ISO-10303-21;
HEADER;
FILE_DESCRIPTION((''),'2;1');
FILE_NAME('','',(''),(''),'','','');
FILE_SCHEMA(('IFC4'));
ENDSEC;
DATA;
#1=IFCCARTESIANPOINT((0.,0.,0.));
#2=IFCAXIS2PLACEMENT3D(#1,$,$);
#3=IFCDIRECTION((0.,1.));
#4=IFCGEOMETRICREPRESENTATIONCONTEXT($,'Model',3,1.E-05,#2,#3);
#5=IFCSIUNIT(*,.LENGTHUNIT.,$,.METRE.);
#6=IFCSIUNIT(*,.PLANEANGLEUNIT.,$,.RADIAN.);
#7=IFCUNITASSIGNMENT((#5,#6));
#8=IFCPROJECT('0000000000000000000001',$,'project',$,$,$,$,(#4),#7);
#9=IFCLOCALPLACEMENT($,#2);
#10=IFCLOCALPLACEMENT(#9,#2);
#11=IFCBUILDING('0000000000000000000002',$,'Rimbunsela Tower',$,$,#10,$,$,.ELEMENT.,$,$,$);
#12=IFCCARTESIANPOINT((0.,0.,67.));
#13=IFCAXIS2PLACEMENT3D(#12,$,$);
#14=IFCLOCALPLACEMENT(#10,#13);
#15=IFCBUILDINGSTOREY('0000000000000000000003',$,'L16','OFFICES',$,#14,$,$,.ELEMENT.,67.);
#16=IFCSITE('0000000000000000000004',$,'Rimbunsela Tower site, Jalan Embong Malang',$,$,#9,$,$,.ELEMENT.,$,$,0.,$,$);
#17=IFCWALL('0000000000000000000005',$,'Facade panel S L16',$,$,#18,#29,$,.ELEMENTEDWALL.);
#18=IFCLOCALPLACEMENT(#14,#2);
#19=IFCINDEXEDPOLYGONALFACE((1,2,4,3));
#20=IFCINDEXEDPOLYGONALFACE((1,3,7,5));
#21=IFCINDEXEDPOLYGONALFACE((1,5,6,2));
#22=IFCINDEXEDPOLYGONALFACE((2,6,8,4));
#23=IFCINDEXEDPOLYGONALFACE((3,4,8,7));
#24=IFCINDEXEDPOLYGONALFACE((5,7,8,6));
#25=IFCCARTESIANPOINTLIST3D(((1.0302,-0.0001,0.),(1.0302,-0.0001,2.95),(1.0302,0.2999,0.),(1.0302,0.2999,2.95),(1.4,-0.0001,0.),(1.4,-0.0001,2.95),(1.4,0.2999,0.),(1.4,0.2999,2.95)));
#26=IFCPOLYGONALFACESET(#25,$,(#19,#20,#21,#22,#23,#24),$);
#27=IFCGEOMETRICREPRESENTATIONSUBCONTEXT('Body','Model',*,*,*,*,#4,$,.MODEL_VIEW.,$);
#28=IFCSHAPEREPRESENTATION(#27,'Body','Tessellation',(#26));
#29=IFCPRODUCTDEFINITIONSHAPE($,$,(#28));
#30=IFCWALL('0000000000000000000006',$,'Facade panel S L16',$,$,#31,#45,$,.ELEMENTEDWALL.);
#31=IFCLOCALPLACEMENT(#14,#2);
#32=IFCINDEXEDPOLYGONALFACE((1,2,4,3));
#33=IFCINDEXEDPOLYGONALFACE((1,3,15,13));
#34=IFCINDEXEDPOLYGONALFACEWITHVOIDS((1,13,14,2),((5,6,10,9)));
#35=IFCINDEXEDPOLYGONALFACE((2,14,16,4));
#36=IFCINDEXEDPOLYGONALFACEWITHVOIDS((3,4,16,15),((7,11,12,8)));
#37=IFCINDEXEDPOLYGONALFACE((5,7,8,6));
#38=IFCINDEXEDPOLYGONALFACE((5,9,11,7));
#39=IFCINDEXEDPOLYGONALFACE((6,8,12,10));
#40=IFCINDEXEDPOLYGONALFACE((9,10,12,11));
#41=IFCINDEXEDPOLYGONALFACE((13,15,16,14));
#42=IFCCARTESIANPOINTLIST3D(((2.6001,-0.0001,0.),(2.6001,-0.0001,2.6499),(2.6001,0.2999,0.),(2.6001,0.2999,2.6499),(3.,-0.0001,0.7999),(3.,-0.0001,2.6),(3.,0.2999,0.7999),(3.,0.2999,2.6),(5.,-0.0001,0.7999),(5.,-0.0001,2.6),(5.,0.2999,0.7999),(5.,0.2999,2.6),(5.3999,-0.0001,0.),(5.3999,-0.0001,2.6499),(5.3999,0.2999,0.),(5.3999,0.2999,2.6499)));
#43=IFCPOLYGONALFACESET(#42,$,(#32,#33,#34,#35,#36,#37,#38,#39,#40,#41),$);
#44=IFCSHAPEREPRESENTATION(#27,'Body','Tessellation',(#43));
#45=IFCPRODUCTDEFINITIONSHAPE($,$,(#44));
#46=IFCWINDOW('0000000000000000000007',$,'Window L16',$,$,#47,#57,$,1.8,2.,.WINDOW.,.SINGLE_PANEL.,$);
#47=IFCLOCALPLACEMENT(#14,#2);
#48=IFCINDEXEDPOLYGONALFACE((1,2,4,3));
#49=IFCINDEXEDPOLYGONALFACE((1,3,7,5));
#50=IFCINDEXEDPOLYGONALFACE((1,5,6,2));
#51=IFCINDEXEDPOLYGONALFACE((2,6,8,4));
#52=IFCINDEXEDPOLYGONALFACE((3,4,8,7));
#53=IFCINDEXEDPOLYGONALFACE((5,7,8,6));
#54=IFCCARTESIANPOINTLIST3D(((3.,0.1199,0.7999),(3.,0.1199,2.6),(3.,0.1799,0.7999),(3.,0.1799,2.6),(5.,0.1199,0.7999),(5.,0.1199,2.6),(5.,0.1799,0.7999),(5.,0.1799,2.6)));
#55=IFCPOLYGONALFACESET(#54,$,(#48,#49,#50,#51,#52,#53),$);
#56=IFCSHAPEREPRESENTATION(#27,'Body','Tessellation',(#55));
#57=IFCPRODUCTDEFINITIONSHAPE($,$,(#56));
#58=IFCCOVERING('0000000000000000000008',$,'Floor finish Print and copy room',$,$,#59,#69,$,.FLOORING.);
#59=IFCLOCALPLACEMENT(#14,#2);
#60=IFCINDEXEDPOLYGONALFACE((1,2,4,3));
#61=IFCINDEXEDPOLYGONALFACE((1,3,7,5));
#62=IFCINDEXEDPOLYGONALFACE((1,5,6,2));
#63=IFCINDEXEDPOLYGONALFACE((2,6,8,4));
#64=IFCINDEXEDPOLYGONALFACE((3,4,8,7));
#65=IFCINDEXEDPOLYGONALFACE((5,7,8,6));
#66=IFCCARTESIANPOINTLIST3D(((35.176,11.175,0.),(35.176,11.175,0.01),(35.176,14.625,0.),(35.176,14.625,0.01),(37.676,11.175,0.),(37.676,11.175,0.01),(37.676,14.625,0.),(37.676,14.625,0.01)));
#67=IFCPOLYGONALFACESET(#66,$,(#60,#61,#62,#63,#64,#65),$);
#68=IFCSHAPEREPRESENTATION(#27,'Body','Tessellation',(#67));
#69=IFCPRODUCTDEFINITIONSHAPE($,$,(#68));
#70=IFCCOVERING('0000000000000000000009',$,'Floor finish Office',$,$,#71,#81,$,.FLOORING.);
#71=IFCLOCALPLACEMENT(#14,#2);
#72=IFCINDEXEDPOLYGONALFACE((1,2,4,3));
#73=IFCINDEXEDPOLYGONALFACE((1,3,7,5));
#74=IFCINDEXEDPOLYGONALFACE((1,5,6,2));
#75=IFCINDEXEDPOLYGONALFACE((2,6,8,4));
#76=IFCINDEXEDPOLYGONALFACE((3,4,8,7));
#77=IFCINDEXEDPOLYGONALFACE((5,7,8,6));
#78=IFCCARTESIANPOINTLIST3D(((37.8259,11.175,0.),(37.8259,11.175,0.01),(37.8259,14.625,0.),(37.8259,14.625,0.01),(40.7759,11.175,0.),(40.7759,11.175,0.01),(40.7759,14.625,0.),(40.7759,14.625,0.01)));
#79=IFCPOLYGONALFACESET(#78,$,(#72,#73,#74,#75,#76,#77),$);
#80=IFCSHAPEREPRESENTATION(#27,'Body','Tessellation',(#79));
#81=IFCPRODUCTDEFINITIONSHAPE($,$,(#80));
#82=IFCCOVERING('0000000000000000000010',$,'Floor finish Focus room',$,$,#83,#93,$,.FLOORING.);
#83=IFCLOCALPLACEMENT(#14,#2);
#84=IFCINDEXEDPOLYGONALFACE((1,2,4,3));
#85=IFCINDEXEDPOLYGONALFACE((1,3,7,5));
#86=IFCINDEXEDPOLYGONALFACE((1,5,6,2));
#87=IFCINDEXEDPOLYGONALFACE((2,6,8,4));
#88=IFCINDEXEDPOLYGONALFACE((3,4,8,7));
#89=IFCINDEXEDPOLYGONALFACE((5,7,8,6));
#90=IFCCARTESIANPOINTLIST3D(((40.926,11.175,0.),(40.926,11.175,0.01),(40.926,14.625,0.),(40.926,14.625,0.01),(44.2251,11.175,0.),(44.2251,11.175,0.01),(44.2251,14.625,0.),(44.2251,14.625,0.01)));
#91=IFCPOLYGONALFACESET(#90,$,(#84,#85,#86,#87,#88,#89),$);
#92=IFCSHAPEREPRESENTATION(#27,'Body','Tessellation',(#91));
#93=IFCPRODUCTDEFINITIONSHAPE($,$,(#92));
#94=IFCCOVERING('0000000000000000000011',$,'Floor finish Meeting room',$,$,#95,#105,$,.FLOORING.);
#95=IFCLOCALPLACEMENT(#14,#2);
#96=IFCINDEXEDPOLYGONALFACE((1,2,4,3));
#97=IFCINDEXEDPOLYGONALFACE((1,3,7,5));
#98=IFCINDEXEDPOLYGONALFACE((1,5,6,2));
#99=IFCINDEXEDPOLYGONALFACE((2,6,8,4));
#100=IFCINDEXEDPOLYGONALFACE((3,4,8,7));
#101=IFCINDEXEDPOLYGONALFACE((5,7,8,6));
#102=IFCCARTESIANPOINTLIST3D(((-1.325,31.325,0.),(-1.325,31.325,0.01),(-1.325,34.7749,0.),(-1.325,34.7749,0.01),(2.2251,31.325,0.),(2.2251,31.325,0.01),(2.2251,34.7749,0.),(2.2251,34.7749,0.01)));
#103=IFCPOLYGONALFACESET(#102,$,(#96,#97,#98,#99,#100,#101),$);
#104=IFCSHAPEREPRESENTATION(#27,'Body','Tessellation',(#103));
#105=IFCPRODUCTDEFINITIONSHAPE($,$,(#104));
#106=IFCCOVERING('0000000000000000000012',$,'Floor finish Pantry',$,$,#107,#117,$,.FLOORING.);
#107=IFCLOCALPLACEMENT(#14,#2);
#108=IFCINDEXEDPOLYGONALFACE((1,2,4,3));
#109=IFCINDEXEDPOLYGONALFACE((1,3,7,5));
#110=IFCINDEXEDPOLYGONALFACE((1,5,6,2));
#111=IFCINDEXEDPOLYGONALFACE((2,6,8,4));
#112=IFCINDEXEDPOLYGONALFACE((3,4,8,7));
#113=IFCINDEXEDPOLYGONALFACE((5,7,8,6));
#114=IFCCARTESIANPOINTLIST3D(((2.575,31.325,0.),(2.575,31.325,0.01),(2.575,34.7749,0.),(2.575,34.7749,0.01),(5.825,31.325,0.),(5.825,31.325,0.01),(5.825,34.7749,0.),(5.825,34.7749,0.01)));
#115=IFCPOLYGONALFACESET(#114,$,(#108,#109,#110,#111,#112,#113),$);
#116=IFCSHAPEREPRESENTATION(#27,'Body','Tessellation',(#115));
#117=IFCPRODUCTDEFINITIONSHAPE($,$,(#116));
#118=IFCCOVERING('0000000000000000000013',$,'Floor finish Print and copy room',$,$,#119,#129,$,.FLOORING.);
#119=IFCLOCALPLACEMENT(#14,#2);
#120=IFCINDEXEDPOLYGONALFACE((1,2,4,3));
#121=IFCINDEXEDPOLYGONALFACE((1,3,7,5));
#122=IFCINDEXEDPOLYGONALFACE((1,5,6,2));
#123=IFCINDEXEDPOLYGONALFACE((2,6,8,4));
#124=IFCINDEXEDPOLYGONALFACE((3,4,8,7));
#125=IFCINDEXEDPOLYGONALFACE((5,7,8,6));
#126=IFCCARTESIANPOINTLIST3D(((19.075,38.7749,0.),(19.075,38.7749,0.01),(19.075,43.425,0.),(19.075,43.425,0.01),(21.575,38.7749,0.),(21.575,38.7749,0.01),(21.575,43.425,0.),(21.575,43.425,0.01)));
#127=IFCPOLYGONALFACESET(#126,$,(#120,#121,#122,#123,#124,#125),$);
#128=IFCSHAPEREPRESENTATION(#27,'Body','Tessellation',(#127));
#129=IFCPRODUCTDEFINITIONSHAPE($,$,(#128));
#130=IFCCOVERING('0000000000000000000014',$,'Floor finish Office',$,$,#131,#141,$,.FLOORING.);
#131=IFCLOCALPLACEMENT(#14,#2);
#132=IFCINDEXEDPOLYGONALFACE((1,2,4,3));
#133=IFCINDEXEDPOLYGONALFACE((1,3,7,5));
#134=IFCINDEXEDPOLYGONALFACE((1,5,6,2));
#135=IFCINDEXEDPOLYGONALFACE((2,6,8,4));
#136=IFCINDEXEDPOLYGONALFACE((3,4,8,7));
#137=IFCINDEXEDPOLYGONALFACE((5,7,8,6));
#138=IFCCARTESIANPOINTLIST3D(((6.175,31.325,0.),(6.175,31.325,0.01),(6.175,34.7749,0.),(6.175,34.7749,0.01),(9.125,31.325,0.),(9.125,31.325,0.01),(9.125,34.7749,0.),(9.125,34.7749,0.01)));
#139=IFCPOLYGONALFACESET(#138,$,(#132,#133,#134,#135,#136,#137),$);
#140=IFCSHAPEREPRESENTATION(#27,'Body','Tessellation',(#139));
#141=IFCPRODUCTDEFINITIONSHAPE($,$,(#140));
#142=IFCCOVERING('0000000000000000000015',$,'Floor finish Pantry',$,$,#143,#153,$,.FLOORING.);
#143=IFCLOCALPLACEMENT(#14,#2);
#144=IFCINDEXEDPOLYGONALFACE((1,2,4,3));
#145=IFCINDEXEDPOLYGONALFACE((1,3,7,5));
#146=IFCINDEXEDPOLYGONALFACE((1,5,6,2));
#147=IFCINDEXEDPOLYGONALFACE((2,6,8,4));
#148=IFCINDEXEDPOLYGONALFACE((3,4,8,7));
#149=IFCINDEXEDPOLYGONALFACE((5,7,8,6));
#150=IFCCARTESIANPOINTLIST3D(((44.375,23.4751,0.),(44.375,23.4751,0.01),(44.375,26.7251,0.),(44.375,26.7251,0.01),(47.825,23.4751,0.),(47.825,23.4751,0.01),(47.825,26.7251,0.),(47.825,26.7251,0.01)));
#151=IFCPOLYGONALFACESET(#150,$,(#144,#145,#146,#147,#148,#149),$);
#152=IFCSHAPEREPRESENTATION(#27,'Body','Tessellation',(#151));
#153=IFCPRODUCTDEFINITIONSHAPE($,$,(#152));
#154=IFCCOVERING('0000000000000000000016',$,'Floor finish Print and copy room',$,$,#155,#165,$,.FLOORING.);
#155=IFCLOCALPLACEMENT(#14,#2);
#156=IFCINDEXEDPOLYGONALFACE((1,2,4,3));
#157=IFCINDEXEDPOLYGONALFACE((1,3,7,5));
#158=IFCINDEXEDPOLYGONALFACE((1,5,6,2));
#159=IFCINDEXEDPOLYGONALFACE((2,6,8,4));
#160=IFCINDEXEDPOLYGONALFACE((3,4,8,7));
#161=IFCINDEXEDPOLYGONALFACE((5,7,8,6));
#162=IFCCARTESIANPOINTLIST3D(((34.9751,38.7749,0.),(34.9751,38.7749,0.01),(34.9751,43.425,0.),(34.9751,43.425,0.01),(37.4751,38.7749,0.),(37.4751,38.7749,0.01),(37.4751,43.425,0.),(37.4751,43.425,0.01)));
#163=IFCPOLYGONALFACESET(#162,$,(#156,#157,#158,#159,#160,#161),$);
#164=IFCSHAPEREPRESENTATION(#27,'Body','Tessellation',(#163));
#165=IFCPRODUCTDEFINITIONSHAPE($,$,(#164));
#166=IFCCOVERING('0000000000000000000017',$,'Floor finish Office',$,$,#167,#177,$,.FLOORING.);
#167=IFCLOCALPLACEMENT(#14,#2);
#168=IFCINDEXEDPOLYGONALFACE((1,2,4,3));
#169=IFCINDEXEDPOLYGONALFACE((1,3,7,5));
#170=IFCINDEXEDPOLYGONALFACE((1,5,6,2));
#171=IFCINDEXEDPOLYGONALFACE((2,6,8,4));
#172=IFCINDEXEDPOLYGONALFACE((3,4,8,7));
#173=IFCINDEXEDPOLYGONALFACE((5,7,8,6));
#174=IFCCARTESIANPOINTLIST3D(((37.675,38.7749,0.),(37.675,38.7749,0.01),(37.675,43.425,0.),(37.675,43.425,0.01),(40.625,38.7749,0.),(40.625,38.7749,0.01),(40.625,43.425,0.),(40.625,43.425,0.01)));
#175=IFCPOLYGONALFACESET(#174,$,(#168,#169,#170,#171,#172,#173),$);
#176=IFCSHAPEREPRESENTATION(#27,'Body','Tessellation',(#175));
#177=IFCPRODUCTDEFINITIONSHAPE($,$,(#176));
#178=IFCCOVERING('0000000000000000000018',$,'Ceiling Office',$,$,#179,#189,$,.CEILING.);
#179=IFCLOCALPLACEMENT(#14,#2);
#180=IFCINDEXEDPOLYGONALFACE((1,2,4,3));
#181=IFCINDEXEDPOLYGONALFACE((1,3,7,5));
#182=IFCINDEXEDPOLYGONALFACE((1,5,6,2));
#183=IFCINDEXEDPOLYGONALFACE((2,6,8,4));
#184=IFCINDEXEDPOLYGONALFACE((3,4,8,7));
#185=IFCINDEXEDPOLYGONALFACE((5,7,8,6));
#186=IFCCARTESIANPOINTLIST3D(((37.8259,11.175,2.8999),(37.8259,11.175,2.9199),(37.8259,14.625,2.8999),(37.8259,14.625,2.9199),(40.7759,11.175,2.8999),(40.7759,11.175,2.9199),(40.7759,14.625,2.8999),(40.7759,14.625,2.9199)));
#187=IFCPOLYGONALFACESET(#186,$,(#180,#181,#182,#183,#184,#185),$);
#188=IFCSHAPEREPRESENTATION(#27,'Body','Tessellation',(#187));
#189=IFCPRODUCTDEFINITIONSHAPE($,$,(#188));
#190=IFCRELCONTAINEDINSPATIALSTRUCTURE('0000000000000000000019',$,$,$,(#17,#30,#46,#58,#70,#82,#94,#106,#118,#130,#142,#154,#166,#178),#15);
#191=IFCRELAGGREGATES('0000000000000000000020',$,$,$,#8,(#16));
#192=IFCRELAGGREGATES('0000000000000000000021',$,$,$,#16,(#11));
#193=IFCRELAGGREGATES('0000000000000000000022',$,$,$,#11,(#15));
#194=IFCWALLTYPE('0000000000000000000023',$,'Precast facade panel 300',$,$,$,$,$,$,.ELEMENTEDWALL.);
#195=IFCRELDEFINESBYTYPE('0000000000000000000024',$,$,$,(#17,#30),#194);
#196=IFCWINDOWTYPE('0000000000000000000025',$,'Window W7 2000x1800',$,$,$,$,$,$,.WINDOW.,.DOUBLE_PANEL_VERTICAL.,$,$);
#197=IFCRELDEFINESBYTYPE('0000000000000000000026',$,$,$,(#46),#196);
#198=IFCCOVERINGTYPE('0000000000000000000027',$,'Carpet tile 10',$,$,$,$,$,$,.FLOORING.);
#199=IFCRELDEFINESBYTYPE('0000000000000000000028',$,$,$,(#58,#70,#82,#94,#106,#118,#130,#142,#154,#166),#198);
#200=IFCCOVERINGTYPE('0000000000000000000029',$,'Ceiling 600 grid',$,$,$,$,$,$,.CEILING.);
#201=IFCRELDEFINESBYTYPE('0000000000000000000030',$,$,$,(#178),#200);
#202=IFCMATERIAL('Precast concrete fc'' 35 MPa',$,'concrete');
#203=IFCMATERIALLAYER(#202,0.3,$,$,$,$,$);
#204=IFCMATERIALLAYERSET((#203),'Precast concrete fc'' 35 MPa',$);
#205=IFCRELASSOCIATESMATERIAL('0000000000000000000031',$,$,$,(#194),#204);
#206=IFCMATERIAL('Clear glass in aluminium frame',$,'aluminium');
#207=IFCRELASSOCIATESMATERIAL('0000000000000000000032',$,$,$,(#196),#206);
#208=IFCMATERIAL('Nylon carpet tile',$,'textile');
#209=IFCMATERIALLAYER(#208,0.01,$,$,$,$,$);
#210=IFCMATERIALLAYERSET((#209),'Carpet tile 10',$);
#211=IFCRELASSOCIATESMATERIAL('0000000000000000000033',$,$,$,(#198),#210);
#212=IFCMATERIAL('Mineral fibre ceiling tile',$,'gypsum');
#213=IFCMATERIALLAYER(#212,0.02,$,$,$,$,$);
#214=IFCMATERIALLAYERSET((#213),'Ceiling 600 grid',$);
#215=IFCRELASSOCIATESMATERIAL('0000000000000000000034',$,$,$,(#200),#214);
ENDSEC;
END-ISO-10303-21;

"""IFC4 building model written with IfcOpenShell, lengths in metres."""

from ifc_helpers import new_model, si_unit, direction, frame, frame_2d, origin, place, context, subcontext, project, spatial, polyline, rectangle, outline, extrude, material, layer, layer_set, type_object, element, fill, save


model = new_model("IFC4")

# Units and contexts
model_context = context("Model", 3, precision=1e-05, world=origin(), true_north=direction((0.0, 1.0)))
body_context = subcontext(model_context, "Body", "Model", "MODEL_VIEW")
ifc_project = project(units=[si_unit("LENGTHUNIT", "METRE"), si_unit("PLANEANGLEUNIT", "RADIAN")], contexts=[model_context])

# Site, building, storey
site_placement = place(None, origin())
site = spatial("IfcSite", under=ifc_project, at=site_placement, Name="Rimbunsela Tower site, Jalan Embong Malang", CompositionType="ELEMENT", RefElevation=0.0)
building_placement = place(site_placement, origin())
building = spatial("IfcBuilding", under=site, at=building_placement, Name="Rimbunsela Tower", CompositionType="ELEMENT")
storey_placement = place(building_placement, frame((0.0, 0.0, 67.0)))
storey = spatial("IfcBuildingStorey", under=building, at=storey_placement, Name="L16", Description="OFFICES", CompositionType="ELEMENT", Elevation=67.0)

# Wall
ifc_material_1 = material(Name="Precast concrete fc' 35 MPa", Category="concrete")
ifc_layer_1 = layer(ifc_material_1, 0.3)
ifc_layer_set_1 = layer_set([ifc_layer_1], Name="Precast concrete fc' 35 MPa")
wall_type_1 = type_object("IfcWallType", Name="Precast facade panel 300", PredefinedType="ELEMENTEDWALL", material=ifc_layer_set_1)
wall_1_placement = place(storey_placement, frame((1.03, 0.1499, 0.0), z_axis=(0.0, 0.0, 1.0), x_axis=(1.0, 0.0, 0.0)))
element("IfcWall", 1, at=wall_1_placement, inside=storey, type_object=wall_type_1, Name="Facade panel S L16", PredefinedType="ELEMENTEDWALL", context=body_context, shape_type="SweptSolid", body=[
    extrude(rectangle(XDim=0.3699, YDim=0.3, at=frame_2d((0.1851, 0.0))), origin(), (0.0, 0.0, 1.0), 2.95),
])

# Wall, opening, window
wall_2_placement = place(storey_placement, frame((2.6001, 0.1499, 0.0), z_axis=(0.0, 0.0, 1.0), x_axis=(1.0, 0.0, 0.0)))
wall_2 = element("IfcWall", 2, at=wall_2_placement, inside=storey, type_object=wall_type_1, Name="Facade panel S L16", PredefinedType="ELEMENTEDWALL", context=body_context, shape_type="SweptSolid", body=[
    extrude(rectangle(XDim=2.7998, YDim=0.3, at=frame_2d((1.3999, 0.0))), origin(), (0.0, 0.0, 1.0), 2.6499),
])
opening_1_placement = place(wall_2_placement, frame((0.3999, 0.0, 0.8)))
opening_1 = element("IfcOpeningElement", 3, at=opening_1_placement, cuts=wall_2, PredefinedType="OPENING", context=body_context, shape_type="SweptSolid", body=[
    extrude(rectangle(XDim=2.0, YDim=1.8, at=frame_2d((1.0, 0.8999))), frame((0.0, 0.1599, 0.0), z_axis=(0.0, -1.0, 0.0), x_axis=(1.0, 0.0, 0.0)), (0.0, 0.0, 1.0), 0.3201),
])
ifc_material_2 = material(Name="Clear glass in aluminium frame", Category="aluminium")
window_type = type_object("IfcWindowType", Name="Window W7 2000x1800", PartitioningType="DOUBLE_PANEL_VERTICAL", PredefinedType="WINDOW", material=ifc_material_2)
window_placement = place(opening_1_placement, origin())
window = element("IfcWindow", 4, at=window_placement, inside=storey, type_object=window_type, Name="Window L16", OverallHeight=1.8, OverallWidth=2.0, PartitioningType="SINGLE_PANEL", PredefinedType="WINDOW", context=body_context, shape_type="SweptSolid", body=[
    extrude(rectangle(XDim=2.0, YDim=1.8, at=frame_2d((1.0, 0.8999))), frame((0.0, 0.03, 0.0), z_axis=(0.0, -1.0, 0.0), x_axis=(1.0, 0.0, 0.0)), (0.0, 0.0, 1.0), 0.0601),
])
fill(opening_1, window)

# Coverings
ifc_material_3 = material(Name="Nylon carpet tile", Category="textile")
ifc_layer_2 = layer(ifc_material_3, 0.01)
ifc_layer_set_2 = layer_set([ifc_layer_2], Name="Carpet tile 10")
covering_type_1 = type_object("IfcCoveringType", Name="Carpet tile 10", PredefinedType="FLOORING", material=ifc_layer_set_2)
covering_1_placement = place(storey_placement, origin())
element("IfcCovering", 5, at=covering_1_placement, inside=storey, type_object=covering_type_1, Name="Floor finish Print and copy room", PredefinedType="FLOORING", context=body_context, shape_type="SweptSolid", body=[
    extrude(outline(polyline([(37.676, 11.175), (37.676, 14.625), (35.176, 14.625), (35.176, 11.175), (37.676, 11.175)])), origin(), (0.0, 0.0, 1.0), 0.01),
])
covering_2_placement = place(storey_placement, origin())
element("IfcCovering", 6, at=covering_2_placement, inside=storey, type_object=covering_type_1, Name="Floor finish Office", PredefinedType="FLOORING", context=body_context, shape_type="SweptSolid", body=[
    extrude(outline(polyline([(40.7759, 11.175), (40.7759, 14.625), (37.8259, 14.625), (37.8259, 11.175), (40.7759, 11.175)])), origin(), (0.0, 0.0, 1.0), 0.01),
])
covering_3_placement = place(storey_placement, origin())
element("IfcCovering", 7, at=covering_3_placement, inside=storey, type_object=covering_type_1, Name="Floor finish Focus room", PredefinedType="FLOORING", context=body_context, shape_type="SweptSolid", body=[
    extrude(outline(polyline([(44.2251, 11.175), (44.2251, 14.625), (40.926, 14.625), (40.926, 11.175), (44.2251, 11.175)])), origin(), (0.0, 0.0, 1.0), 0.01),
])
covering_4_placement = place(storey_placement, origin())
element("IfcCovering", 8, at=covering_4_placement, inside=storey, type_object=covering_type_1, Name="Floor finish Meeting room", PredefinedType="FLOORING", context=body_context, shape_type="SweptSolid", body=[
    extrude(outline(polyline([(2.2251, 31.325), (2.2251, 34.7749), (-1.325, 34.7749), (-1.325, 31.325), (2.2251, 31.325)])), origin(), (0.0, 0.0, 1.0), 0.01),
])
covering_5_placement = place(storey_placement, origin())
element("IfcCovering", 9, at=covering_5_placement, inside=storey, type_object=covering_type_1, Name="Floor finish Pantry", PredefinedType="FLOORING", context=body_context, shape_type="SweptSolid", body=[
    extrude(outline(polyline([(5.825, 31.325), (5.825, 34.7749), (2.575, 34.7749), (2.575, 31.325), (5.825, 31.325)])), origin(), (0.0, 0.0, 1.0), 0.01),
])
covering_6_placement = place(storey_placement, origin())
element("IfcCovering", 10, at=covering_6_placement, inside=storey, type_object=covering_type_1, Name="Floor finish Print and copy room", PredefinedType="FLOORING", context=body_context, shape_type="SweptSolid", body=[
    extrude(outline(polyline([(21.575, 38.7749), (21.575, 43.425), (19.075, 43.425), (19.075, 38.7749), (21.575, 38.7749)])), origin(), (0.0, 0.0, 1.0), 0.01),
])
covering_7_placement = place(storey_placement, origin())
element("IfcCovering", 11, at=covering_7_placement, inside=storey, type_object=covering_type_1, Name="Floor finish Office", PredefinedType="FLOORING", context=body_context, shape_type="SweptSolid", body=[
    extrude(outline(polyline([(9.125, 31.325), (9.125, 34.7749), (6.175, 34.7749), (6.175, 31.325), (9.125, 31.325)])), origin(), (0.0, 0.0, 1.0), 0.01),
])
covering_8_placement = place(storey_placement, origin())
element("IfcCovering", 12, at=covering_8_placement, inside=storey, type_object=covering_type_1, Name="Floor finish Pantry", PredefinedType="FLOORING", context=body_context, shape_type="SweptSolid", body=[
    extrude(outline(polyline([(47.825, 23.4751), (47.825, 26.7251), (44.375, 26.7251), (44.375, 23.4751), (47.825, 23.4751)])), origin(), (0.0, 0.0, 1.0), 0.01),
])
covering_9_placement = place(storey_placement, origin())
element("IfcCovering", 13, at=covering_9_placement, inside=storey, type_object=covering_type_1, Name="Floor finish Print and copy room", PredefinedType="FLOORING", context=body_context, shape_type="SweptSolid", body=[
    extrude(outline(polyline([(37.4751, 38.7749), (37.4751, 43.425), (34.9751, 43.425), (34.9751, 38.7749), (37.4751, 38.7749)])), origin(), (0.0, 0.0, 1.0), 0.01),
])
covering_10_placement = place(storey_placement, origin())
element("IfcCovering", 14, at=covering_10_placement, inside=storey, type_object=covering_type_1, Name="Floor finish Office", PredefinedType="FLOORING", context=body_context, shape_type="SweptSolid", body=[
    extrude(outline(polyline([(40.625, 38.7749), (40.625, 43.425), (37.675, 43.425), (37.675, 38.7749), (40.625, 38.7749)])), origin(), (0.0, 0.0, 1.0), 0.01),
])
ifc_material_4 = material(Name="Mineral fibre ceiling tile", Category="gypsum")
ifc_layer_3 = layer(ifc_material_4, 0.02)
ifc_layer_set_3 = layer_set([ifc_layer_3], Name="Ceiling 600 grid")
covering_type_2 = type_object("IfcCoveringType", Name="Ceiling 600 grid", PredefinedType="CEILING", material=ifc_layer_set_3)
covering_11_placement = place(storey_placement, frame((0.0, 0.0, 2.8999)))
element("IfcCovering", 15, at=covering_11_placement, inside=storey, type_object=covering_type_2, Name="Ceiling Office", PredefinedType="CEILING", context=body_context, shape_type="SweptSolid", body=[
    extrude(outline(polyline([(40.7759, 11.175), (40.7759, 14.625), (37.8259, 14.625), (37.8259, 11.175), (40.7759, 11.175)])), origin(), (0.0, 0.0, 1.0), 0.02),
])

save(model, "model.ifc")
